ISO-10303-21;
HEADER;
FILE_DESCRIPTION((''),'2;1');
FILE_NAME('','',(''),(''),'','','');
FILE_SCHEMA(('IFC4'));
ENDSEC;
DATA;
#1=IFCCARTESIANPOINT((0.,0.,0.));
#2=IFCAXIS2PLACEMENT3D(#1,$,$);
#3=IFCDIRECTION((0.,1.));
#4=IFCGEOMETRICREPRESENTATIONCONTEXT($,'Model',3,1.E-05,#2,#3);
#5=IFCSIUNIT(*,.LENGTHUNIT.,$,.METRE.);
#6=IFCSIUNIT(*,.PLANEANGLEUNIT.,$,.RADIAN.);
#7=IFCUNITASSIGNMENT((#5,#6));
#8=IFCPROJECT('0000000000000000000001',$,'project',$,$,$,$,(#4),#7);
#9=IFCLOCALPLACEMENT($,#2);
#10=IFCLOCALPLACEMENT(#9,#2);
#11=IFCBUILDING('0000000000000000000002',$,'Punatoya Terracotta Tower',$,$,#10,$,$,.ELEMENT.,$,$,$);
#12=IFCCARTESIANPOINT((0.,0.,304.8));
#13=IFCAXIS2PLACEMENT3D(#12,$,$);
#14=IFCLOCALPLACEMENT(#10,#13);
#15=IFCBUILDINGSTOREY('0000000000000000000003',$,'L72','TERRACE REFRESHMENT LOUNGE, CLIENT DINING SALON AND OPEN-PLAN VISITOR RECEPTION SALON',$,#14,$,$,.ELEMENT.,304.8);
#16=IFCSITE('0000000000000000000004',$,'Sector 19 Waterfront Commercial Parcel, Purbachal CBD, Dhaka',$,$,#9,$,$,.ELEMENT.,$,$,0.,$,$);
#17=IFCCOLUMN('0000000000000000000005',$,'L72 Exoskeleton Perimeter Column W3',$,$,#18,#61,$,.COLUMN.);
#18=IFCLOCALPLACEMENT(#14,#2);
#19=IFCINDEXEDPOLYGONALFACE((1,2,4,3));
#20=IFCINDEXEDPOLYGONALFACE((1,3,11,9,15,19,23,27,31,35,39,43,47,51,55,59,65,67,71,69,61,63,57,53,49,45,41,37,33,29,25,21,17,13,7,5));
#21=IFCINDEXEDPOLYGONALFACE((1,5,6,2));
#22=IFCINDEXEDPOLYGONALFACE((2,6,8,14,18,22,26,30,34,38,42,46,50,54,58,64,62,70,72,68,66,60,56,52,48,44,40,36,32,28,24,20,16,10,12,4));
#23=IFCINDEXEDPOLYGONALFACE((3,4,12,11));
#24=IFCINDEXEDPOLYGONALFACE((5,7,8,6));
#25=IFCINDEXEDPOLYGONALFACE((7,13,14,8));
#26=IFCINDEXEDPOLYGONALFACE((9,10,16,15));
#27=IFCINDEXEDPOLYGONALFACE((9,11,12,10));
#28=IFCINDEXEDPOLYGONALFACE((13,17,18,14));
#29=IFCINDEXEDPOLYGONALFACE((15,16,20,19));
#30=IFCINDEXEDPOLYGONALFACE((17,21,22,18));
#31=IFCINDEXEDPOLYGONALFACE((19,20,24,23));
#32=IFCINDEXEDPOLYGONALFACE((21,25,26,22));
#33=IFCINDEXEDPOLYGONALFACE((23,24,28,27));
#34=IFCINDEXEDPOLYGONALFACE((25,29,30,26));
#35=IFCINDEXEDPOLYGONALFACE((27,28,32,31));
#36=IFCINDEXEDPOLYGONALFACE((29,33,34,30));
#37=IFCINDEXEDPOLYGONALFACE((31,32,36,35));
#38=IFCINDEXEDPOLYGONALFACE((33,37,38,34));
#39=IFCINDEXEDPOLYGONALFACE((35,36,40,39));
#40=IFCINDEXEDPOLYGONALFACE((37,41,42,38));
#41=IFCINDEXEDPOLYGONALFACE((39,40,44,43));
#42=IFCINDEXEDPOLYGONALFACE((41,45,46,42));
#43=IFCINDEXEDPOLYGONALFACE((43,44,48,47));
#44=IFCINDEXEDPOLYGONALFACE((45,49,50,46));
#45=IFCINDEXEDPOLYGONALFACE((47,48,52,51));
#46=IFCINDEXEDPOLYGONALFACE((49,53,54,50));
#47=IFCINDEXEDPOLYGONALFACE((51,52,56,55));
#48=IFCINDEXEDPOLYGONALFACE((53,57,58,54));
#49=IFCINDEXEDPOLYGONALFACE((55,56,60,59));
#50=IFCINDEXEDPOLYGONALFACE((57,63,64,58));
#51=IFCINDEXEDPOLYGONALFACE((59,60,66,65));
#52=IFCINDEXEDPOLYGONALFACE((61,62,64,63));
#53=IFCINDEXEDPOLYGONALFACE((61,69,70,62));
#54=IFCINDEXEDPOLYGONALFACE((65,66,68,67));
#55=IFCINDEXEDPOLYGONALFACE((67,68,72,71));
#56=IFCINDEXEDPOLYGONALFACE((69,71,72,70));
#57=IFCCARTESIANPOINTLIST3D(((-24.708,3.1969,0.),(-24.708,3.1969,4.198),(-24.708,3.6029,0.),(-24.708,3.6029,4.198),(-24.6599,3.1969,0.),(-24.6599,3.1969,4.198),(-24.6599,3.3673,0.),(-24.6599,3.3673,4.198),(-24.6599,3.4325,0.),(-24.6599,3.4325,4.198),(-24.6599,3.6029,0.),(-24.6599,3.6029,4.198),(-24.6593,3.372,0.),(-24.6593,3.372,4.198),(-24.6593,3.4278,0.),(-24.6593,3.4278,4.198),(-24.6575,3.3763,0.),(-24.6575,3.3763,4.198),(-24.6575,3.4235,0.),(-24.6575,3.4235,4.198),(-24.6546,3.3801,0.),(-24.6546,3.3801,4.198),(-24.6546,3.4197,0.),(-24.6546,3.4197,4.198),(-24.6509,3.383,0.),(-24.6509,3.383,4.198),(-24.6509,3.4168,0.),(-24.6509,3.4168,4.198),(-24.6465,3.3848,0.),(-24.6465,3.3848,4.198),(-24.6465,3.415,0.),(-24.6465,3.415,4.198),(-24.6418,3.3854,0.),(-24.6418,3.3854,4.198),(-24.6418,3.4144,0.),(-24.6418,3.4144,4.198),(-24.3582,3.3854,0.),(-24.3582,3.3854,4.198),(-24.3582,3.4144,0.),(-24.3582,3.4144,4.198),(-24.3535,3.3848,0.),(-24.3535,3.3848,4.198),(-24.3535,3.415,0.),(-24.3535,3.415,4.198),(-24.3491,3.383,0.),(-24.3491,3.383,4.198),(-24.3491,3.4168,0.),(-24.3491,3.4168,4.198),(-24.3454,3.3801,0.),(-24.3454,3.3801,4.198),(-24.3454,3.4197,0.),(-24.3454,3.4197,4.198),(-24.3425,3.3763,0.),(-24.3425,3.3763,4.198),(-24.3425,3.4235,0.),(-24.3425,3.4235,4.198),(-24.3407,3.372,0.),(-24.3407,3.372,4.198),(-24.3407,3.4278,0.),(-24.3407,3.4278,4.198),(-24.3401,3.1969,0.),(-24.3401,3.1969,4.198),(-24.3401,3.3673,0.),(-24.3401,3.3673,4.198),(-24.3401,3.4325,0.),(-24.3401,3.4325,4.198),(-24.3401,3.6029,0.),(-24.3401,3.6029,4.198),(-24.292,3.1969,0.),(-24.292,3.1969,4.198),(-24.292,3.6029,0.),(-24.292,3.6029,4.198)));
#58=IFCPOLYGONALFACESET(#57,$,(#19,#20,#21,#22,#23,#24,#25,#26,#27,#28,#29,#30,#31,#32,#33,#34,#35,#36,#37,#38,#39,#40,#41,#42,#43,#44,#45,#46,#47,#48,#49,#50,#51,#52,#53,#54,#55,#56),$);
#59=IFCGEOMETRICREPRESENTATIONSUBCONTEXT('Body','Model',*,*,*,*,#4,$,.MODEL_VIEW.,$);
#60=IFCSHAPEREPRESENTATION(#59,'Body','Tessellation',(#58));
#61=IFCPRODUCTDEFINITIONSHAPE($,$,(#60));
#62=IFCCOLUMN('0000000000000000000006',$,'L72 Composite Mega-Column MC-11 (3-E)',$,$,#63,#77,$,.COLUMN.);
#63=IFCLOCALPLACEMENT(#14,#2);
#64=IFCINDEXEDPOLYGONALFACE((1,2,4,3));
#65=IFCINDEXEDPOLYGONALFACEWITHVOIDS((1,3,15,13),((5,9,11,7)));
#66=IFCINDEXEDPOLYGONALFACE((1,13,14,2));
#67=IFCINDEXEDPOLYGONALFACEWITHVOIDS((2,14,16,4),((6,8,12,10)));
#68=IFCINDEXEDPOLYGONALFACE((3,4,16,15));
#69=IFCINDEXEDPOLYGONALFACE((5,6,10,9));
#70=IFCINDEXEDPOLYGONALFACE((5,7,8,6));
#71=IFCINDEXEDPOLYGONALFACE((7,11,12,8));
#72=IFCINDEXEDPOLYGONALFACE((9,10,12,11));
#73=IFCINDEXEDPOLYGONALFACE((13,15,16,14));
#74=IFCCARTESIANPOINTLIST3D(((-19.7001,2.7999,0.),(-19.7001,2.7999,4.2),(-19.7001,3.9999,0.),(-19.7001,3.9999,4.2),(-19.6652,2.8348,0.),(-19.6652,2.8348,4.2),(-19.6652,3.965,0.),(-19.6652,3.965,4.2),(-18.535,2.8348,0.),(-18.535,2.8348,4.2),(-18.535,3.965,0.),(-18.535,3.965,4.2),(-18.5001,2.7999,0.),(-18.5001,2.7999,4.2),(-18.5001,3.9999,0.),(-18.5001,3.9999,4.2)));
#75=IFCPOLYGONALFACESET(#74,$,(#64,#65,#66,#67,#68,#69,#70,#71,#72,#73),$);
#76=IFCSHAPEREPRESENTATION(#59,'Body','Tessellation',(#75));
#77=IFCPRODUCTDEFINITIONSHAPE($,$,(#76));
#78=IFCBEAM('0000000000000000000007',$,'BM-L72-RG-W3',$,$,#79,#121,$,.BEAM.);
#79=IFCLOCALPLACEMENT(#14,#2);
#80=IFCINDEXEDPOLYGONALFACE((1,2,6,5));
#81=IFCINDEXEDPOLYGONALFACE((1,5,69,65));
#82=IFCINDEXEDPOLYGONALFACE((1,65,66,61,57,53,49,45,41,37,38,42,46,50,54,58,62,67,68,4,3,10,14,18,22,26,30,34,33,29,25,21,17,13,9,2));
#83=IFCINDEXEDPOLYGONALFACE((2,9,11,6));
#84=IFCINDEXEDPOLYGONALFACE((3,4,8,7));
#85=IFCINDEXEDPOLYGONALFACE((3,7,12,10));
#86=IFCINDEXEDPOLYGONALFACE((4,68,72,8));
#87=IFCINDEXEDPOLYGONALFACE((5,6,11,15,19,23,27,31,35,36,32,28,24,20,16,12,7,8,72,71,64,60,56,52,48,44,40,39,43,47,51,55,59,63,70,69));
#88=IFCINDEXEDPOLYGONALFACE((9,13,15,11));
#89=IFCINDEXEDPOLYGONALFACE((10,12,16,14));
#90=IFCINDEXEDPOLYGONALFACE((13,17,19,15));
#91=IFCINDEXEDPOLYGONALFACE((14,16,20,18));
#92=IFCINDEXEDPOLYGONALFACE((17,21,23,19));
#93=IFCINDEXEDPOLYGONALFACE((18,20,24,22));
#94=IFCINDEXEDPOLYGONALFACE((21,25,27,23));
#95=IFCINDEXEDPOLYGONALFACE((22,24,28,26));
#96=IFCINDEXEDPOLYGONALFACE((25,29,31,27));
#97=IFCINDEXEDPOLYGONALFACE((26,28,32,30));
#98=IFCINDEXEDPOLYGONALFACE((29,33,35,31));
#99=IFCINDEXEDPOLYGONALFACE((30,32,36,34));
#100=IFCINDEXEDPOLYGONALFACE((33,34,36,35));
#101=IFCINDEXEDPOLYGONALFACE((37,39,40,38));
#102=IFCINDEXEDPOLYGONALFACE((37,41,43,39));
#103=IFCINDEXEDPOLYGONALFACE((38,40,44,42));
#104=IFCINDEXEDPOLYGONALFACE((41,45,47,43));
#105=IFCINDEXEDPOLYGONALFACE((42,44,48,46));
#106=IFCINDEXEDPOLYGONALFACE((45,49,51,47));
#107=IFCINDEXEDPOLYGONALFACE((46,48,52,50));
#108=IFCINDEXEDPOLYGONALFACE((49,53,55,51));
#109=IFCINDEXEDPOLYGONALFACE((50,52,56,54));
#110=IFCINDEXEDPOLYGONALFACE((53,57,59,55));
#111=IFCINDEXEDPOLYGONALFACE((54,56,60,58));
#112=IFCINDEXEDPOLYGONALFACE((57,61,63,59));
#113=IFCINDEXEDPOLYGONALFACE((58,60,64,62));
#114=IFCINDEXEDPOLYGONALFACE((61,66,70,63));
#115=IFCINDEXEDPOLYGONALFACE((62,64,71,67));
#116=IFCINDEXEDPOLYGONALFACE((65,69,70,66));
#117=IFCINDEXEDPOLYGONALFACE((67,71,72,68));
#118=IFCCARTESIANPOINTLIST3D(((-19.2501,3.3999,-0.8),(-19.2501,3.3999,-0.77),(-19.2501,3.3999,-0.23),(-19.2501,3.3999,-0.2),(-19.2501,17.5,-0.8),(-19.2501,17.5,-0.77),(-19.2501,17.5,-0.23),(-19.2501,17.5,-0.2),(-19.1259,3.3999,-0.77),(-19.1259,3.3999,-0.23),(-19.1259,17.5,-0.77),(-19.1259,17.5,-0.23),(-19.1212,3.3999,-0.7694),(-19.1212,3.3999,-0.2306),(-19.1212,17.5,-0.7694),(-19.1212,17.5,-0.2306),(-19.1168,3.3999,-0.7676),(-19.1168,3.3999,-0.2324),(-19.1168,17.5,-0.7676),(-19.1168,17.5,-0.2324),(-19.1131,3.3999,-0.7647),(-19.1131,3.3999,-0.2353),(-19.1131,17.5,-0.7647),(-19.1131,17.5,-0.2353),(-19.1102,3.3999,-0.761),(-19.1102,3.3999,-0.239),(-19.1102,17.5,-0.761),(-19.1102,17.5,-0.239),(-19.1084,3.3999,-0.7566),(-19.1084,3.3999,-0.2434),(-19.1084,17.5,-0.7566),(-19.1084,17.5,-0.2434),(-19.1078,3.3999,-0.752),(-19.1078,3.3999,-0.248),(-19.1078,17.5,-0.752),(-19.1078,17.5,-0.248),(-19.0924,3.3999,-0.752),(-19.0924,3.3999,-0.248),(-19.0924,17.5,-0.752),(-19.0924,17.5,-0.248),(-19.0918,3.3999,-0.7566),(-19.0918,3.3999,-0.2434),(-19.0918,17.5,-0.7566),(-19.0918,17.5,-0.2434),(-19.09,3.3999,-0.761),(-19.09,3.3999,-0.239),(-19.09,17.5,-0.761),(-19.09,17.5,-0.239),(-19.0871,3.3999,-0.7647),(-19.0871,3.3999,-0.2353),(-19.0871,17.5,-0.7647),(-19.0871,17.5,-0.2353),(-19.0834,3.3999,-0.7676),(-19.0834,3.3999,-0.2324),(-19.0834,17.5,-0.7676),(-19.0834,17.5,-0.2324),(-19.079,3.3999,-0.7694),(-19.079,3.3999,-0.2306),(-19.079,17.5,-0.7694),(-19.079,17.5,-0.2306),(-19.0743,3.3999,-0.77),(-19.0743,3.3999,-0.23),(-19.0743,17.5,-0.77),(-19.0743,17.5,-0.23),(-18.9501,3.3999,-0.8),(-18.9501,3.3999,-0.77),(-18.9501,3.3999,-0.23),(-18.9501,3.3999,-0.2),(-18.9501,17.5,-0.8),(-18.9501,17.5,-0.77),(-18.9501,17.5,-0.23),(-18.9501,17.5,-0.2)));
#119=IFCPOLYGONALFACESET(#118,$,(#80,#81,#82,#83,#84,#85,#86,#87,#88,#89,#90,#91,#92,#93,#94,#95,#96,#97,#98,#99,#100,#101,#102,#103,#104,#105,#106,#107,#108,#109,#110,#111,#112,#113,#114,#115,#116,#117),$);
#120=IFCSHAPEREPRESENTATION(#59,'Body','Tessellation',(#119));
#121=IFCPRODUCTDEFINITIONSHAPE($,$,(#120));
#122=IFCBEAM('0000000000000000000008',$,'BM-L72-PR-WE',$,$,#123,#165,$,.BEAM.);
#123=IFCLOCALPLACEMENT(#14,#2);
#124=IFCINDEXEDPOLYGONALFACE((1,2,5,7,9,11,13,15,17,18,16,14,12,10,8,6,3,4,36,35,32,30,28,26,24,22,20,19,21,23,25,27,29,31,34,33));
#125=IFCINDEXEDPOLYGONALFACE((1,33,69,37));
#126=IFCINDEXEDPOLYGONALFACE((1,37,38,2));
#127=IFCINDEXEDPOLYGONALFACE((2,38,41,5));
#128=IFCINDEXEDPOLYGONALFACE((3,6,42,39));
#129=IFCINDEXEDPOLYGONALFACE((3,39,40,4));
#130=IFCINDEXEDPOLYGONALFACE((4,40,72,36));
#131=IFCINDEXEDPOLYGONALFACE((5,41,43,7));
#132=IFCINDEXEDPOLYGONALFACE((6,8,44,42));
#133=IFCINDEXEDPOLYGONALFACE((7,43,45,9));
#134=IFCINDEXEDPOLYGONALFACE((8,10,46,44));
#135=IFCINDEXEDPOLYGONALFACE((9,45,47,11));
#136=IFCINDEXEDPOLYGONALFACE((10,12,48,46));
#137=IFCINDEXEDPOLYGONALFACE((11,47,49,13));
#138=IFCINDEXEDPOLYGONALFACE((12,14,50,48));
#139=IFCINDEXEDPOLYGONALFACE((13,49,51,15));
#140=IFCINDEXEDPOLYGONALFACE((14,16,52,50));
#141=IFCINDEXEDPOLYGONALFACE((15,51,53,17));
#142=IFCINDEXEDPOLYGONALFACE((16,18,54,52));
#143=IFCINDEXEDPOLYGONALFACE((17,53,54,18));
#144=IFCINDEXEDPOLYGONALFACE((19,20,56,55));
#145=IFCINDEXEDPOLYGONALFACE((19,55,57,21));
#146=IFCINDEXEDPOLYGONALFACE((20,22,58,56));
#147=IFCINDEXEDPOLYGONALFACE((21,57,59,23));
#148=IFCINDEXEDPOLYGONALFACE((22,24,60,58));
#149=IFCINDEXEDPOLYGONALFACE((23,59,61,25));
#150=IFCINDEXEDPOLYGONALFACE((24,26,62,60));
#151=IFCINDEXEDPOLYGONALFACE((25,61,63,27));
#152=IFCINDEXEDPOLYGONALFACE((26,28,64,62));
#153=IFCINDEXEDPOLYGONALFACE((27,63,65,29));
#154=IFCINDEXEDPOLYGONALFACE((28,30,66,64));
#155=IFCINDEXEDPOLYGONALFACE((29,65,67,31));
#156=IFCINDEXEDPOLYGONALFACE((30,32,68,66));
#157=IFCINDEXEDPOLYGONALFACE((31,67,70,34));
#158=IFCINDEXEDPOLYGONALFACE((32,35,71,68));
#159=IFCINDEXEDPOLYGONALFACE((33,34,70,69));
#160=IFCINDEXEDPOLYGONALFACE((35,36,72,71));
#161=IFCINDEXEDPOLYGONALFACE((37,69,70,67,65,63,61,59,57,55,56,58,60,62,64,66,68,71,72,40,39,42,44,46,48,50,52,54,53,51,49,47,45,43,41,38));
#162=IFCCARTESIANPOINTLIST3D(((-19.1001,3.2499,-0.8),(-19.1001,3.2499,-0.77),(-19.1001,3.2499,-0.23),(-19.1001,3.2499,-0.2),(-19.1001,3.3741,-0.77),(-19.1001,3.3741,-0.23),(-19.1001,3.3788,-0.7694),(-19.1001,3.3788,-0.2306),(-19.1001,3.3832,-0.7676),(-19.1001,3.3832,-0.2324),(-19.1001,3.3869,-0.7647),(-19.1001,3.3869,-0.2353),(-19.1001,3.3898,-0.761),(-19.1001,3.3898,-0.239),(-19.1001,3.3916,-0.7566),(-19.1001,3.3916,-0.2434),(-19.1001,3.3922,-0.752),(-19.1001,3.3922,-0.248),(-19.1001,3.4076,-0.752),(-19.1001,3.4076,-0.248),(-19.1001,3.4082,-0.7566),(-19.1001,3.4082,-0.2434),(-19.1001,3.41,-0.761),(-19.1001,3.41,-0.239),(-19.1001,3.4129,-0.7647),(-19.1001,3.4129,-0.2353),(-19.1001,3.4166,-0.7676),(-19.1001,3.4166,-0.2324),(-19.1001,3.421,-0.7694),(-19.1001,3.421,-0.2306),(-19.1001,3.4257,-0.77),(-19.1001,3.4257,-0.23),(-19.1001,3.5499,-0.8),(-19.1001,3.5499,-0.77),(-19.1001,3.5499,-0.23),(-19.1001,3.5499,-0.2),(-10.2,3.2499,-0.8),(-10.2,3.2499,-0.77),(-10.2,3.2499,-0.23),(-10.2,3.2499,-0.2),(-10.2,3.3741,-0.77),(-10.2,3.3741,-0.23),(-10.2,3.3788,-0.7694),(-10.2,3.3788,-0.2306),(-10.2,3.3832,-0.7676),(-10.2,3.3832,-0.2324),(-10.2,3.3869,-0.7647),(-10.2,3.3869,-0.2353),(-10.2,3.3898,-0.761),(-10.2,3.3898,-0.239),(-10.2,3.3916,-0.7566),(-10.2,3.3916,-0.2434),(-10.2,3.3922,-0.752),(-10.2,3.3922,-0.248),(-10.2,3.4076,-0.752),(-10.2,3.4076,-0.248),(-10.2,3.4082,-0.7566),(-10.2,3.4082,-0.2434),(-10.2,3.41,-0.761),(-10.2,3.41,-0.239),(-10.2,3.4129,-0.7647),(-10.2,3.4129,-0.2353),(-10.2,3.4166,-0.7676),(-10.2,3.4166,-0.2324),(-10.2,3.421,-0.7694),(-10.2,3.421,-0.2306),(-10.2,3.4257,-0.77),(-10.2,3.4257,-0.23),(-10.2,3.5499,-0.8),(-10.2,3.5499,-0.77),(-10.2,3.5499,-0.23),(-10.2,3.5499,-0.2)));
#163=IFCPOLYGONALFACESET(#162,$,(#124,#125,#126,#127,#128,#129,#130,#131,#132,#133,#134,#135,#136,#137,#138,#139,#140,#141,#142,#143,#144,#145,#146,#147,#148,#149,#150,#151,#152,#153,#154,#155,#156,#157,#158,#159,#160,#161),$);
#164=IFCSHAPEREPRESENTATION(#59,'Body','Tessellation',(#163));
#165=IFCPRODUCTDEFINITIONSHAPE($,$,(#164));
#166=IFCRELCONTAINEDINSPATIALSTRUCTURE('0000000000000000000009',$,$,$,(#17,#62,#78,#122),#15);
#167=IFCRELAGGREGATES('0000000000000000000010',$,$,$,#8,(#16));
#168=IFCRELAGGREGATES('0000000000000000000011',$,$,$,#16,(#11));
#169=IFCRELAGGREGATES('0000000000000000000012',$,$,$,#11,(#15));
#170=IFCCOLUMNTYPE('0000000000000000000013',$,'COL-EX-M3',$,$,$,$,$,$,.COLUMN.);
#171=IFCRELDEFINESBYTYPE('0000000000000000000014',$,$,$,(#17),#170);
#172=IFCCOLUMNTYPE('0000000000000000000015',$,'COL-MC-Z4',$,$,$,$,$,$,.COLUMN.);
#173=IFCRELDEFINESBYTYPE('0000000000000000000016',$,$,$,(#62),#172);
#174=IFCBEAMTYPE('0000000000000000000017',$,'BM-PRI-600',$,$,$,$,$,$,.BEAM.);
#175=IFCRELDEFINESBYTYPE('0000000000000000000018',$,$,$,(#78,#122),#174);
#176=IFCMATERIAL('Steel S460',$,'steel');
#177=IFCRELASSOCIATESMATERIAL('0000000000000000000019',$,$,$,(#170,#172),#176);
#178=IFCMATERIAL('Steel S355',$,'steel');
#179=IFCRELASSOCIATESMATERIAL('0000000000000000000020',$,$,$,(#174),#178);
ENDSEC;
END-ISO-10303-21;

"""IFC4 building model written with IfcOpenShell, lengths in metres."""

from ifc_helpers import new_model, si_unit, direction, frame, origin, origin_2d, place, context, subcontext, project, spatial, hollow_rectangle, i_section, extrude, material, material_profile, profile_set, type_object, element, save


model = new_model("IFC4")

# Units and contexts
model_context = context("Model", 3, precision=1e-05, world=origin(), true_north=direction((0.0, 1.0)))
body_context = subcontext(model_context, "Body", "Model", "MODEL_VIEW")
ifc_project = project(units=[si_unit("LENGTHUNIT", "METRE"), si_unit("PLANEANGLEUNIT", "RADIAN")], contexts=[model_context])

# Site, building, storey
site_placement = place(None, origin())
site = spatial("IfcSite", under=ifc_project, at=site_placement, Name="Sector 19 Waterfront Commercial Parcel, Purbachal CBD, Dhaka", CompositionType="ELEMENT", RefElevation=0.0)
building_placement = place(site_placement, origin())
building = spatial("IfcBuilding", under=site, at=building_placement, Name="Punatoya Terracotta Tower", CompositionType="ELEMENT")
storey_placement = place(building_placement, frame((0.0, 0.0, 304.8)))
storey = spatial("IfcBuildingStorey", under=building, at=storey_placement, Name="L72", Description="TERRACE REFRESHMENT LOUNGE, CLIENT DINING SALON AND OPEN-PLAN VISITOR RECEPTION SALON", CompositionType="ELEMENT", Elevation=304.8)

# Columns
ifc_material_1 = material(Name="Steel S460", Category="steel")
ifc_material_profile_1 = material_profile(ifc_material_1, i_section(OverallWidth=0.406, OverallDepth=0.416, WebThickness=0.0291, FlangeThickness=0.0481, FilletRadius=0.0181, at=origin_2d()))
ifc_profile_set_1 = profile_set([ifc_material_profile_1], Name="Steel S460")
column_type_1 = type_object("IfcColumnType", Name="COL-EX-M3", PredefinedType="COLUMN", material=ifc_profile_set_1)
column_1_placement = place(storey_placement, frame((-24.5, 3.3999, 0.0), z_axis=(0.0, 0.0, 1.0), x_axis=(0.0, 1.0, 0.0)))
element("IfcColumn", 1, at=column_1_placement, inside=storey, type_object=column_type_1, Name="L72 Exoskeleton Perimeter Column W3", PredefinedType="COLUMN", context=body_context, shape_type="SweptSolid", body=[
    extrude(i_section(OverallWidth=0.406, OverallDepth=0.416, WebThickness=0.0291, FlangeThickness=0.0481, FilletRadius=0.0181, at=origin_2d()), origin(), (0.0, 0.0, 1.0), 4.198),
])
ifc_material_profile_2 = material_profile(ifc_material_1, hollow_rectangle(XDim=1.2, YDim=1.2, WallThickness=0.0349, at=origin_2d()))
ifc_profile_set_2 = profile_set([ifc_material_profile_2], Name="Steel S460")
column_type_2 = type_object("IfcColumnType", Name="COL-MC-Z4", PredefinedType="COLUMN", material=ifc_profile_set_2)
column_2_placement = place(storey_placement, frame((-19.1001, 3.3999, 0.0), z_axis=(0.0, 0.0, 1.0), x_axis=(1.0, 0.0, 0.0)))
element("IfcColumn", 2, at=column_2_placement, inside=storey, type_object=column_type_2, Name="L72 Composite Mega-Column MC-11 (3-E)", PredefinedType="COLUMN", context=body_context, shape_type="SweptSolid", body=[
    extrude(hollow_rectangle(XDim=1.2, YDim=1.2, WallThickness=0.0349, at=origin_2d()), origin(), (0.0, 0.0, 1.0), 4.2),
])

# Beams
ifc_material_2 = material(Name="Steel S355", Category="steel")
ifc_material_profile_3 = material_profile(ifc_material_2, i_section(OverallWidth=0.3, OverallDepth=0.6001, WebThickness=0.0154, FlangeThickness=0.03, FilletRadius=0.0181, at=origin_2d()))
ifc_profile_set_3 = profile_set([ifc_material_profile_3], Name="Steel S355")
beam_type_1 = type_object("IfcBeamType", Name="BM-PRI-600", PredefinedType="BEAM", material=ifc_profile_set_3)
beam_1_placement = place(storey_placement, frame((-19.1001, 3.3999, -0.5), z_axis=(0.0, 1.0, 0.0), x_axis=(-1.0, 0.0, 0.0)))
element("IfcBeam", 3, at=beam_1_placement, inside=storey, type_object=beam_type_1, Name="BM-L72-RG-W3", PredefinedType="BEAM", context=body_context, shape_type="SweptSolid", body=[
    extrude(i_section(OverallWidth=0.3, OverallDepth=0.6001, WebThickness=0.0154, FlangeThickness=0.03, FilletRadius=0.0181, at=origin_2d()), origin(), (0.0, 0.0, 1.0), 14.1001),
])
for number, where, z_axis, x_axis, name in (
    (4, (-19.1001, 3.3999, -0.5), (1.0, 0.0, 0.0), (0.0, 1.0, 0.0), "BM-L72-PR-WE"),
):
    element("IfcBeam", number, at=place(storey_placement, frame(where, z_axis=z_axis, x_axis=x_axis)), inside=storey, type_object=beam_type_1, Name=name, PredefinedType="BEAM", context=body_context, shape_type="SweptSolid", body=[
        extrude(i_section(OverallWidth=0.3, OverallDepth=0.6001, WebThickness=0.0154, FlangeThickness=0.03, FilletRadius=0.0181, at=origin_2d()), origin(), (0.0, 0.0, 1.0), 8.9001),
    ])

save(model, "model.ifc")
